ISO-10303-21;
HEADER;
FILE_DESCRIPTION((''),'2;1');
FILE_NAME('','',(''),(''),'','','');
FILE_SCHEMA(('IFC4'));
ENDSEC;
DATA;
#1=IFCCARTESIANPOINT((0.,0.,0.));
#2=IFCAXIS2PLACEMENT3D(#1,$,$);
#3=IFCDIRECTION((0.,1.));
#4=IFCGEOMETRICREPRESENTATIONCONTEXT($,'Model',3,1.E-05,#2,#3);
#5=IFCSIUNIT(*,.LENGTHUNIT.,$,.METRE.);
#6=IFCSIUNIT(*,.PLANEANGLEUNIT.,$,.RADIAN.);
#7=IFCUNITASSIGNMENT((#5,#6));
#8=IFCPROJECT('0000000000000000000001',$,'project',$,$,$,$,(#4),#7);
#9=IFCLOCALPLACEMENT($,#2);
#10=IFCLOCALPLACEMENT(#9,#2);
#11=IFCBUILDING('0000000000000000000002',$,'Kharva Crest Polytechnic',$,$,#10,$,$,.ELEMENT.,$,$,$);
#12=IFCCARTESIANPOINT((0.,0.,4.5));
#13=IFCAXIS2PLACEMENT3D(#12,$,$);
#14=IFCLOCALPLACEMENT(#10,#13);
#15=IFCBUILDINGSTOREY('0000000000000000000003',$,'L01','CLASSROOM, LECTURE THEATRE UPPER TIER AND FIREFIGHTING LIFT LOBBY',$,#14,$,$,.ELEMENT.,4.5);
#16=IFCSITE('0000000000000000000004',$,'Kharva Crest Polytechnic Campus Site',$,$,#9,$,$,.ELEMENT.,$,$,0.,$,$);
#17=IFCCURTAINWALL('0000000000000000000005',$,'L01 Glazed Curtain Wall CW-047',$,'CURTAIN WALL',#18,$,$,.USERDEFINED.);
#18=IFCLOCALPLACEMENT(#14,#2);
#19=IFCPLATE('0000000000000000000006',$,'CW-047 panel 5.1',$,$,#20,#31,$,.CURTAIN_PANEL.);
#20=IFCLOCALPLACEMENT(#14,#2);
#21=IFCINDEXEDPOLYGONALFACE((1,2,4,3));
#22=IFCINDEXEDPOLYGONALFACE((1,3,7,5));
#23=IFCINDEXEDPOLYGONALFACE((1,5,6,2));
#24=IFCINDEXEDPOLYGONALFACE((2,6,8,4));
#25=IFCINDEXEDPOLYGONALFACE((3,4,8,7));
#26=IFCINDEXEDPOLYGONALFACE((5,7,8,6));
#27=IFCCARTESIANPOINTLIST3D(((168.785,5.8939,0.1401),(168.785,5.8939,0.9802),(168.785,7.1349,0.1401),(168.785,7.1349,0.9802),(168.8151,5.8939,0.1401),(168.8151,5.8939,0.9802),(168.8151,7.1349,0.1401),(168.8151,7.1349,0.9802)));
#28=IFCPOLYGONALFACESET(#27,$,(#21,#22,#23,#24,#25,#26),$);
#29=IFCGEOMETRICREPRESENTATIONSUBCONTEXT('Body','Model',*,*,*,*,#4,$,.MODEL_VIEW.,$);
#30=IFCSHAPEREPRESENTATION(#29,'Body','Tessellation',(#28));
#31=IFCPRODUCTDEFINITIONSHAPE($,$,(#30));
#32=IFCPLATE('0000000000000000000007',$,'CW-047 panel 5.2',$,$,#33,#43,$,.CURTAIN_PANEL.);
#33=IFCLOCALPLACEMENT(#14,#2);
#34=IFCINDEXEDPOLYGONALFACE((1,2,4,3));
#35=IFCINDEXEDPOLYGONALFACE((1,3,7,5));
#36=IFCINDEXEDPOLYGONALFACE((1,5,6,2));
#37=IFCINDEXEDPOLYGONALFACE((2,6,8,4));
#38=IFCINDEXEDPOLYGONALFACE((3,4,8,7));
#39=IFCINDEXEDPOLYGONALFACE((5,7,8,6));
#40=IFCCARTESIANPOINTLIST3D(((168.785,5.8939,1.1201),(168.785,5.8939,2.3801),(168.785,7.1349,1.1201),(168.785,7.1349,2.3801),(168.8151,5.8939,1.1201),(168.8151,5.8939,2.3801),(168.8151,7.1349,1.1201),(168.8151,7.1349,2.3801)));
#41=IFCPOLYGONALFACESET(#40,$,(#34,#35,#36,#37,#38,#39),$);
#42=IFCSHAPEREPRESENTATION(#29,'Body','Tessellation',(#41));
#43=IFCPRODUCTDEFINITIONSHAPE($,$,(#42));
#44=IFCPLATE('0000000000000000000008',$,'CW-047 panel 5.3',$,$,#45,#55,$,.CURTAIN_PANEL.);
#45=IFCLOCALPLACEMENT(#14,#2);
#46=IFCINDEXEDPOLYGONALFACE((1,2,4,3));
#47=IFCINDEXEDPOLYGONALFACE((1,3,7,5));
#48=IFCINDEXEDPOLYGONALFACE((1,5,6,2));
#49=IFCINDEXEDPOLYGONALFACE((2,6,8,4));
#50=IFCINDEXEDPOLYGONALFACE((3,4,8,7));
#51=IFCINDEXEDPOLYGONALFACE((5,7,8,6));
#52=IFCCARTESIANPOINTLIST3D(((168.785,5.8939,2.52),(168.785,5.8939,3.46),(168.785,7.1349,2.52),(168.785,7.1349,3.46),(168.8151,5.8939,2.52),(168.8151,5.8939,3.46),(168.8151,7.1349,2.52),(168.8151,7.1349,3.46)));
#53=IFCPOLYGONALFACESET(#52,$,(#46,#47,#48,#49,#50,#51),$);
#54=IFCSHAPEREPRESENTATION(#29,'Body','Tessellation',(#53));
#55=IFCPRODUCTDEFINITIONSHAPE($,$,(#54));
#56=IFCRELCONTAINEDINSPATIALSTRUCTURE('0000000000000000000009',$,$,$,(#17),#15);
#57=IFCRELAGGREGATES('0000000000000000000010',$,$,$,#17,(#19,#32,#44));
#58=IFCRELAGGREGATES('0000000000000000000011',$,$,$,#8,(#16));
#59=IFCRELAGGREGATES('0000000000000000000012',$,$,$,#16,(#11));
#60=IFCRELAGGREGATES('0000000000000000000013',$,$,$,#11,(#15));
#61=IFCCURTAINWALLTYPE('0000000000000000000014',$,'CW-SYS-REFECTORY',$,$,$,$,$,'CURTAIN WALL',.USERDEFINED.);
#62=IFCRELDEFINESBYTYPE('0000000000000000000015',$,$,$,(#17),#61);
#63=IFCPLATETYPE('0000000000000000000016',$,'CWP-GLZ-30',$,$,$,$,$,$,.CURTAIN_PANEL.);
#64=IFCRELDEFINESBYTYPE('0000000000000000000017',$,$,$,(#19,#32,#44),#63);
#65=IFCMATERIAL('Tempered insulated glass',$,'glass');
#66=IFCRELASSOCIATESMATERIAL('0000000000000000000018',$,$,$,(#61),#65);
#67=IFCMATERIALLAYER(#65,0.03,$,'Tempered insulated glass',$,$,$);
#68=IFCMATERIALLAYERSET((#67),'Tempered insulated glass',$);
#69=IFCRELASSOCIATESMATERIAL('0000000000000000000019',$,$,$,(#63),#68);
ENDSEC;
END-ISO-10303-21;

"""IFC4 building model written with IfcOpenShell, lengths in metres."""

from ifc_helpers import new_model, si_unit, direction, frame, origin, origin_2d, place, context, subcontext, project, spatial, rectangle, extrude, material, layer, layer_set, type_object, element, aggregate, save


model = new_model("IFC4")

# Units and contexts
model_context = context("Model", 3, precision=1e-05, world=origin(), true_north=direction((0.0, 1.0)))
body_context = subcontext(model_context, "Body", "Model", "MODEL_VIEW")
ifc_project = project(units=[si_unit("LENGTHUNIT", "METRE"), si_unit("PLANEANGLEUNIT", "RADIAN")], contexts=[model_context])

# Site, building, storey
site_placement = place(None, origin())
site = spatial("IfcSite", under=ifc_project, at=site_placement, Name="Kharva Crest Polytechnic Campus Site", CompositionType="ELEMENT", RefElevation=0.0)
building_placement = place(site_placement, origin())
building = spatial("IfcBuilding", under=site, at=building_placement, Name="Kharva Crest Polytechnic", CompositionType="ELEMENT")
storey_placement = place(building_placement, frame((0.0, 0.0, 4.5)))
storey = spatial("IfcBuildingStorey", under=building, at=storey_placement, Name="L01", Description="CLASSROOM, LECTURE THEATRE UPPER TIER AND FIREFIGHTING LIFT LOBBY", CompositionType="ELEMENT", Elevation=4.5)

# Curtain wall
ifc_material_1 = material(Name="Tempered insulated glass", Category="glass")
curtain_wall_type = type_object("IfcCurtainWallType", Name="CW-SYS-REFECTORY", ElementType="CURTAIN WALL", PredefinedType="USERDEFINED", material=ifc_material_1)
curtain_wall_1_placement = place(storey_placement, origin())
curtain_wall_1 = element("IfcCurtainWall", 1, at=curtain_wall_1_placement, inside=storey, type_object=curtain_wall_type, Name="L01 Glazed Curtain Wall CW-047", ObjectType="CURTAIN WALL", PredefinedType="USERDEFINED")

# Plates
ifc_layer = layer(ifc_material_1, 0.03, Name="Tempered insulated glass")
ifc_layer_set = layer_set([ifc_layer], Name="Tempered insulated glass")
plate_type = type_object("IfcPlateType", Name="CWP-GLZ-30", PredefinedType="CURTAIN_PANEL", material=ifc_layer_set)
plate_1_placement = place(storey_placement, frame((168.8, 6.5144, 0.1401), z_axis=(0.0, 0.0, 1.0), x_axis=(0.0, 1.0, 0.0)))
plate_1 = element("IfcPlate", 2, at=plate_1_placement, type_object=plate_type, Name="CW-047 panel 5.1", PredefinedType="CURTAIN_PANEL", context=body_context, shape_type="SweptSolid", body=[
    extrude(rectangle(XDim=1.241, YDim=0.03, at=origin_2d()), origin(), (0.0, 0.0, 1.0), 0.8401),
])
plate_2_placement = place(storey_placement, frame((168.8, 6.5144, 1.1201), z_axis=(0.0, 0.0, 1.0), x_axis=(0.0, 1.0, 0.0)))
plate_2 = element("IfcPlate", 3, at=plate_2_placement, type_object=plate_type, Name="CW-047 panel 5.2", PredefinedType="CURTAIN_PANEL", context=body_context, shape_type="SweptSolid", body=[
    extrude(rectangle(XDim=1.241, YDim=0.03, at=origin_2d()), origin(), (0.0, 0.0, 1.0), 1.26),
])
plate_3_placement = place(storey_placement, frame((168.8, 6.5144, 2.52), z_axis=(0.0, 0.0, 1.0), x_axis=(0.0, 1.0, 0.0)))
plate_3 = element("IfcPlate", 4, at=plate_3_placement, type_object=plate_type, Name="CW-047 panel 5.3", PredefinedType="CURTAIN_PANEL", context=body_context, shape_type="SweptSolid", body=[
    extrude(rectangle(XDim=1.241, YDim=0.03, at=origin_2d()), origin(), (0.0, 0.0, 1.0), 0.9399),
])
aggregate(curtain_wall_1, [plate_1, plate_2, plate_3])

save(model, "model.ifc")
